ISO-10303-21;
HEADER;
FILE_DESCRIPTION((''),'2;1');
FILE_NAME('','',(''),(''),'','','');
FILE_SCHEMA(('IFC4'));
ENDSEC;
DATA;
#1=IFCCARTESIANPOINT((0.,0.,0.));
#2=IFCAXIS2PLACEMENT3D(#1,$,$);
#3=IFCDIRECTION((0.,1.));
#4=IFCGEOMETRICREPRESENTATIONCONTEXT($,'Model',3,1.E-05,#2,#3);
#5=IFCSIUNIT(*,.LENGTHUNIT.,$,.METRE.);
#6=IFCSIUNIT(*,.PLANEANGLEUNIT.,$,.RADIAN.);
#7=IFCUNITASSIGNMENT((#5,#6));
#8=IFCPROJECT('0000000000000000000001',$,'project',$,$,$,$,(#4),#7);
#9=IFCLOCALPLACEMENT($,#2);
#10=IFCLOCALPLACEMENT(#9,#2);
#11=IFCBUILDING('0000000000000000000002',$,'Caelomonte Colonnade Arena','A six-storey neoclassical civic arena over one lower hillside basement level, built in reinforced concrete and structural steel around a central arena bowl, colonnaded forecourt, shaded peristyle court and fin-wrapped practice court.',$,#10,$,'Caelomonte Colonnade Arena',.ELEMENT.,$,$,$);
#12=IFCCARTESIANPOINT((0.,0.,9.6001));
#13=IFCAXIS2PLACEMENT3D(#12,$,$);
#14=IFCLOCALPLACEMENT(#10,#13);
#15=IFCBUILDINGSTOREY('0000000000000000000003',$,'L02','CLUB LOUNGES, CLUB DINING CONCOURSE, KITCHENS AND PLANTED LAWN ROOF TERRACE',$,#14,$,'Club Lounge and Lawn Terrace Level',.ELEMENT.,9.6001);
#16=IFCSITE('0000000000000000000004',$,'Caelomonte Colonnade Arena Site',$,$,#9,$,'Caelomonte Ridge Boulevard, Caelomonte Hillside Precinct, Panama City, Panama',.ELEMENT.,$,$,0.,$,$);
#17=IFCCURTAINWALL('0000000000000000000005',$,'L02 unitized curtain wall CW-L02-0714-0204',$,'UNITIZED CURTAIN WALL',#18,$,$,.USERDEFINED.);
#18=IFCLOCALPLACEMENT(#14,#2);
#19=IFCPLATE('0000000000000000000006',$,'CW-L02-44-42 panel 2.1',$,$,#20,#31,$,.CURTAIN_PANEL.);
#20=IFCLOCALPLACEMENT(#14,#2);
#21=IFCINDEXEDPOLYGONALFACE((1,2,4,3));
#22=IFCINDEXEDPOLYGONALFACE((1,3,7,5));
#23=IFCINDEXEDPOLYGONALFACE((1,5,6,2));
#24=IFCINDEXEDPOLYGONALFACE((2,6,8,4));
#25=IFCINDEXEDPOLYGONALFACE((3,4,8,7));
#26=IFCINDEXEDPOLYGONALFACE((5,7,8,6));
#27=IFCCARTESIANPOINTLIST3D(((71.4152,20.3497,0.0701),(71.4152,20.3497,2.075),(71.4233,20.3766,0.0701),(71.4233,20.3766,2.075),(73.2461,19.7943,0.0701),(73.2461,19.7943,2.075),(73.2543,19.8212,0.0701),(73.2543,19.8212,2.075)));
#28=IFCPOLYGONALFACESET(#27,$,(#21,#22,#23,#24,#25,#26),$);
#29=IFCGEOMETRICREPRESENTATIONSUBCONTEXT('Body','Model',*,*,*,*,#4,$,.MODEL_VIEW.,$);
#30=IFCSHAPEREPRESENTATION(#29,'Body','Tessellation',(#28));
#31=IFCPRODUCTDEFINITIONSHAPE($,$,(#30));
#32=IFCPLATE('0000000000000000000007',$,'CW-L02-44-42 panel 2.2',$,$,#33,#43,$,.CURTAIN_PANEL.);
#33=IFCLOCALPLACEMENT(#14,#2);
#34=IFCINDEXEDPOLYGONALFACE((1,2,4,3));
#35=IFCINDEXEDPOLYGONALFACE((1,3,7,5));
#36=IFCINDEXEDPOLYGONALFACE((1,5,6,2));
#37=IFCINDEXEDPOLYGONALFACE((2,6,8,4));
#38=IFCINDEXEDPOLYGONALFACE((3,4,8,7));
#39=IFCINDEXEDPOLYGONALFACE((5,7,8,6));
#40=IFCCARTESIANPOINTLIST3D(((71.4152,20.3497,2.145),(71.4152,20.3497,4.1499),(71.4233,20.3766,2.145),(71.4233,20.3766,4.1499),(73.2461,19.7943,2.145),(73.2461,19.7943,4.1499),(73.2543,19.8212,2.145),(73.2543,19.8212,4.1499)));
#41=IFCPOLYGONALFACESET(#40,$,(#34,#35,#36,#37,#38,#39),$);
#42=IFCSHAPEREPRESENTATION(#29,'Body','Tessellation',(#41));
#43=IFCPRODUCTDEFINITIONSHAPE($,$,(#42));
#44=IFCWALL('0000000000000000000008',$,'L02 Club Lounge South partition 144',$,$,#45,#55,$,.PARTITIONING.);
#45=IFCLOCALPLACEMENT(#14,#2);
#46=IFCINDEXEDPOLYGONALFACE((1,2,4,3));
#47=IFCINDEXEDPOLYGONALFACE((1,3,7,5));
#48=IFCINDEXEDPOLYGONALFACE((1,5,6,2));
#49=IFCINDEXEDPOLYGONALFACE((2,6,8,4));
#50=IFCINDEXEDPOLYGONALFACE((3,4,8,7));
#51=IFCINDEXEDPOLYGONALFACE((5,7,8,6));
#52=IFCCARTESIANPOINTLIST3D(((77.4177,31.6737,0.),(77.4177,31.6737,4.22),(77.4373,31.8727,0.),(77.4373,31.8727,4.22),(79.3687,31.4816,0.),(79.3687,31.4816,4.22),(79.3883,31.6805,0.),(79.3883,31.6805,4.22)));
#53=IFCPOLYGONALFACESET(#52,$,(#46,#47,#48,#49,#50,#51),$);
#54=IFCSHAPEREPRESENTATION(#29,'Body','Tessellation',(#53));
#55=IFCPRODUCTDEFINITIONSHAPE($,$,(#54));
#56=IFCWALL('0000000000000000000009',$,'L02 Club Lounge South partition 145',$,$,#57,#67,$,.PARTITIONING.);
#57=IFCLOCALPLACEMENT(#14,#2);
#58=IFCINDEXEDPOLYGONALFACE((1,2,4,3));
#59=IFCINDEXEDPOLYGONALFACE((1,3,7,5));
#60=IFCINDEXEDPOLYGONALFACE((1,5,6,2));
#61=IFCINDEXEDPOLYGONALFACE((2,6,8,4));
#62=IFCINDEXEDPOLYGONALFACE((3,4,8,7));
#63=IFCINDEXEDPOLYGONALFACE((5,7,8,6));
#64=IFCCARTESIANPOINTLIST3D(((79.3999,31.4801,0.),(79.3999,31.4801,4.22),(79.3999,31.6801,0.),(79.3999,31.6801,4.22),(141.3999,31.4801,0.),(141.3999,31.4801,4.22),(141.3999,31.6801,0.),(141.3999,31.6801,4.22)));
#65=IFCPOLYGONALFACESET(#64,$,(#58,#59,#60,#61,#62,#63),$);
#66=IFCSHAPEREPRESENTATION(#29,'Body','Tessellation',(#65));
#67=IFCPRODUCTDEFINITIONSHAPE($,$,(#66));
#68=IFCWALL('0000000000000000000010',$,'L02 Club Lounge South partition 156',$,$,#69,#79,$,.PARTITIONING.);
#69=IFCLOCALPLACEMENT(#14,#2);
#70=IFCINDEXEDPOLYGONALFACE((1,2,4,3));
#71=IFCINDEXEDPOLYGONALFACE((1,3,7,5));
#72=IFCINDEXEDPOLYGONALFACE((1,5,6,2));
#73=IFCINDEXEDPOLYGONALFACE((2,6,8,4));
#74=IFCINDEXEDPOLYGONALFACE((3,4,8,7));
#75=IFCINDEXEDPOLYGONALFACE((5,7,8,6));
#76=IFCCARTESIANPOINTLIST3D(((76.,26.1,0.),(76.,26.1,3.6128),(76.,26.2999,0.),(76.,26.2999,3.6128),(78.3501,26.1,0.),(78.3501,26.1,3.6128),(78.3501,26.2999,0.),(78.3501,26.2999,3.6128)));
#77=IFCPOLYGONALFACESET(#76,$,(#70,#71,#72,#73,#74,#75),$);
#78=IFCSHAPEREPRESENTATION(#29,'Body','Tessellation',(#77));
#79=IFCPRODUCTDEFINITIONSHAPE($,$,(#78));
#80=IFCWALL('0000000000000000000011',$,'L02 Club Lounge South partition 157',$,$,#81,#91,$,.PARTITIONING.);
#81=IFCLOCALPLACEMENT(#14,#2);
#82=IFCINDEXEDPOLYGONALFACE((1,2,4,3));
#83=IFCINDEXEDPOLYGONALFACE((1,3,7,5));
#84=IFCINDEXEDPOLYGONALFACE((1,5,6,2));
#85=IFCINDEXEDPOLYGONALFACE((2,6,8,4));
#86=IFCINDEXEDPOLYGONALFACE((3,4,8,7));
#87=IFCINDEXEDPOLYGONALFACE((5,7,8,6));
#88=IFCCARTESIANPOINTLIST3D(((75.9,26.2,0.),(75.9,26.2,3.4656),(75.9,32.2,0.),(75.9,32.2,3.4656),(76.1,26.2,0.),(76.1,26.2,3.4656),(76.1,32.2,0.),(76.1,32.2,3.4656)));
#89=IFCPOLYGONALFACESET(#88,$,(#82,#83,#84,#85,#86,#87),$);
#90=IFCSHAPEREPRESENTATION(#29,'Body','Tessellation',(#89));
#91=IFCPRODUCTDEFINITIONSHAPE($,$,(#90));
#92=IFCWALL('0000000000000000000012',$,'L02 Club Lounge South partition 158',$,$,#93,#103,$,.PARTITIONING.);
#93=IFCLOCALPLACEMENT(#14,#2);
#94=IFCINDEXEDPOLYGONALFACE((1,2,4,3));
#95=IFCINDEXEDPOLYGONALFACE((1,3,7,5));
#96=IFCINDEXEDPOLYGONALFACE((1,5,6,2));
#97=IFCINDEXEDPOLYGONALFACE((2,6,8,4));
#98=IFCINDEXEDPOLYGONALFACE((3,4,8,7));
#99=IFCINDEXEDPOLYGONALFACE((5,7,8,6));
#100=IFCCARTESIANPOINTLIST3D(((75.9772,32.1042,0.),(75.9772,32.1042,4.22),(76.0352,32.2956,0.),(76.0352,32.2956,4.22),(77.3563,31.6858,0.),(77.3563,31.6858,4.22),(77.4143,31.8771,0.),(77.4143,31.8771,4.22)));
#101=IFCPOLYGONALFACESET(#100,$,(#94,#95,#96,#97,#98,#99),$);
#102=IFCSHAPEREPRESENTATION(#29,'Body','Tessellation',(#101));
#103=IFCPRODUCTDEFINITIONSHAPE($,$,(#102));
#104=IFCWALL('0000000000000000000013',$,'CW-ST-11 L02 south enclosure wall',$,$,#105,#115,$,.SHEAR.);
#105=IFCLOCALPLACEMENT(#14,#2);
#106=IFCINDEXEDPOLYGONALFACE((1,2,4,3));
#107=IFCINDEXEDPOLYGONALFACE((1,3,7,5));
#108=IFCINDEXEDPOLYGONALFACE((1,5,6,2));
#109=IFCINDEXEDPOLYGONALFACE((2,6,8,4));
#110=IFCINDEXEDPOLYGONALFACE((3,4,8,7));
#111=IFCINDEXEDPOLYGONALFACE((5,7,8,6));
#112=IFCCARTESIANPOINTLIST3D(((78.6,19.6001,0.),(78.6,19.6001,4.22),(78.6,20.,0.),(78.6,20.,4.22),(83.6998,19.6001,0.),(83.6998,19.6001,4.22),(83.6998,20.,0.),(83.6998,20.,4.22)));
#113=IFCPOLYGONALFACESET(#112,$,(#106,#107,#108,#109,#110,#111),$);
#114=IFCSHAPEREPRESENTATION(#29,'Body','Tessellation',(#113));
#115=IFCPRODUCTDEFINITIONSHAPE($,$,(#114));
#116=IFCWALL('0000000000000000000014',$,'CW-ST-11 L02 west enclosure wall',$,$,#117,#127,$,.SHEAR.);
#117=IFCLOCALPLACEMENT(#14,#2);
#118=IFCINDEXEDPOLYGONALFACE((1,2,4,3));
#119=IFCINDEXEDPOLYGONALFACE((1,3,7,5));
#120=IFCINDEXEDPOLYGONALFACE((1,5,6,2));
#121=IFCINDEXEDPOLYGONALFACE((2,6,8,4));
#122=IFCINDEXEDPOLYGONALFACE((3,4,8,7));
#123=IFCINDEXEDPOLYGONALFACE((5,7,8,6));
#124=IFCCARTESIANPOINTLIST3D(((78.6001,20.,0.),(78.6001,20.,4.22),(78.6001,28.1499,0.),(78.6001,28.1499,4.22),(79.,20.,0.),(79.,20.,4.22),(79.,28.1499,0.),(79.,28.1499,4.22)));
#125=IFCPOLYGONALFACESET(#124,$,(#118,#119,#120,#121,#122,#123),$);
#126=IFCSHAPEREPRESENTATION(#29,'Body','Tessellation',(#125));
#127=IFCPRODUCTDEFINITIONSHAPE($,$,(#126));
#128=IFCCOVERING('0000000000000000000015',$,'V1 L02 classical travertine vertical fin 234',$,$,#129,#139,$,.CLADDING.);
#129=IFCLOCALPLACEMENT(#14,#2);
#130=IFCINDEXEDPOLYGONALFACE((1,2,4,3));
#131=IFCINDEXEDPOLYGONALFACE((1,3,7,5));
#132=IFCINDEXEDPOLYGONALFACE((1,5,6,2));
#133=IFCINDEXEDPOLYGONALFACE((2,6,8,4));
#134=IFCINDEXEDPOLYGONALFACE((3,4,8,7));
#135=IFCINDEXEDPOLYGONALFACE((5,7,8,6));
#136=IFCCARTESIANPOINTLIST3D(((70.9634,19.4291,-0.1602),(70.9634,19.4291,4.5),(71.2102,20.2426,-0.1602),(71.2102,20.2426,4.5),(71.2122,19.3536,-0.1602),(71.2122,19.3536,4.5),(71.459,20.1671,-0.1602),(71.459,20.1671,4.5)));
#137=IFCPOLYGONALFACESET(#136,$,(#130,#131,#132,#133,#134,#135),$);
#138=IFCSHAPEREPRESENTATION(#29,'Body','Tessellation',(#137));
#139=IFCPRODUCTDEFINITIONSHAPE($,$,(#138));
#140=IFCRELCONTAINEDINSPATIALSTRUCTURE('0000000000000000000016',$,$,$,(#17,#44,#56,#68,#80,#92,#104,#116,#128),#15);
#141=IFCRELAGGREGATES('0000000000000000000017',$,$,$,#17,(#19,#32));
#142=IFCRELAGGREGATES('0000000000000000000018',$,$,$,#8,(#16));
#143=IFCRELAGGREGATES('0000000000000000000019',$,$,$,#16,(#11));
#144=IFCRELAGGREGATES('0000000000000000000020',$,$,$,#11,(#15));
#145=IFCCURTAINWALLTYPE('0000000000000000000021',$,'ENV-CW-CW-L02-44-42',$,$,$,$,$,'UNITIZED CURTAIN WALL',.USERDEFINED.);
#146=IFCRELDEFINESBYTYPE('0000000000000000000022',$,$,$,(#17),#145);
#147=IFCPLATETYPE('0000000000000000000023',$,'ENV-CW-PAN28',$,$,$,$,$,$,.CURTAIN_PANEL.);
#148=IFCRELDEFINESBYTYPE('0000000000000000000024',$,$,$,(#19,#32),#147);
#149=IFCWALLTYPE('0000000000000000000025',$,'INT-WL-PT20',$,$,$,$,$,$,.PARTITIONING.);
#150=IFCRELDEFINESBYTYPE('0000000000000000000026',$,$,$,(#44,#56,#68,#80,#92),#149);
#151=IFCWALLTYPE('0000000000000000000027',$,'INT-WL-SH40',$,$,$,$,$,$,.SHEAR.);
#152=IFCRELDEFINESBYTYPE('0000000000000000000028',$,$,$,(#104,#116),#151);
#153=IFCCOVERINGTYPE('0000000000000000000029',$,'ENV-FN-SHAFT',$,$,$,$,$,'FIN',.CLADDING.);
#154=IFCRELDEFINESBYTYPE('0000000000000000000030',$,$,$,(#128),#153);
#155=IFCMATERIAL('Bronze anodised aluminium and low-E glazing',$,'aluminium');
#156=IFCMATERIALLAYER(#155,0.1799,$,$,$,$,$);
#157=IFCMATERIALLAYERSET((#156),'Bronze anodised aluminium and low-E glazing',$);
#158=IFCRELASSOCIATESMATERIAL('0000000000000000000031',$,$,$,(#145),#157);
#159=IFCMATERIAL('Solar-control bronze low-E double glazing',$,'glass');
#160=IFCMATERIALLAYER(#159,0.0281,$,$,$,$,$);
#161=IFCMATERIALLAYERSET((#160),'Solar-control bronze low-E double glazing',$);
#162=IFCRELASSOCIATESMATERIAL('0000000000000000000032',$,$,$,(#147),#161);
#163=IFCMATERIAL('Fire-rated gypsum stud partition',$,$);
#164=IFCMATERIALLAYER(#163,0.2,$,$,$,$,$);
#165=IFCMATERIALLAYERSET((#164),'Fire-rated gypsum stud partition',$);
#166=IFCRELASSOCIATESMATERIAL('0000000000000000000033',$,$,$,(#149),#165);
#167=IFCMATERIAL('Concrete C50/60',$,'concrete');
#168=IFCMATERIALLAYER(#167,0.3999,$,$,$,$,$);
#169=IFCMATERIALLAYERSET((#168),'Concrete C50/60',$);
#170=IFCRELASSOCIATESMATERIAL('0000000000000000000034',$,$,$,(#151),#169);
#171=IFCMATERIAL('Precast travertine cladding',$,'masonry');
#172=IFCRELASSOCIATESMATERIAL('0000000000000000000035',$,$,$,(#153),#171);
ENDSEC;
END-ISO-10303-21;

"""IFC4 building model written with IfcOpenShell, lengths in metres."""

from ifc_helpers import new_model, si_unit, direction, frame, frame_2d, origin, origin_2d, place, context, subcontext, project, spatial, rectangle, extrude, material, layer, layer_set, material_profile, profile_set, type_object, element, aggregate, save


model = new_model("IFC4")

# Units and contexts
model_context = context("Model", 3, precision=1e-05, world=origin(), true_north=direction((0.0, 1.0)))
body_context = subcontext(model_context, "Body", "Model", "MODEL_VIEW")
ifc_project = project(units=[si_unit("LENGTHUNIT", "METRE"), si_unit("PLANEANGLEUNIT", "RADIAN")], contexts=[model_context])

# Site, building, storey
site_placement = place(None, origin())
site = spatial("IfcSite", under=ifc_project, at=site_placement, Name="Caelomonte Colonnade Arena Site", LongName="Caelomonte Ridge Boulevard, Caelomonte Hillside Precinct, Panama City, Panama", CompositionType="ELEMENT", RefElevation=0.0)
building_placement = place(site_placement, origin())
building = spatial("IfcBuilding", under=site, at=building_placement, Name="Caelomonte Colonnade Arena", Description="A six-storey neoclassical civic arena over one lower hillside basement level, built in reinforced concrete and structural steel around a central arena bowl, colonnaded forecourt, shaded peristyle court and fin-wrapped practice court.", LongName="Caelomonte Colonnade Arena", CompositionType="ELEMENT")
storey_placement = place(building_placement, frame((0.0, 0.0, 9.6001)))
storey = spatial("IfcBuildingStorey", under=building, at=storey_placement, Name="L02", Description="CLUB LOUNGES, CLUB DINING CONCOURSE, KITCHENS AND PLANTED LAWN ROOF TERRACE", LongName="Club Lounge and Lawn Terrace Level", CompositionType="ELEMENT", Elevation=9.6001)

# Shared definitions
ifc_material_1 = material(Name="Concrete C50/60", Category="concrete")

# Curtain wall
ifc_material_2 = material(Name="Bronze anodised aluminium and low-E glazing", Category="aluminium")
ifc_layer_1 = layer(ifc_material_2, 0.1799)
ifc_layer_set_1 = layer_set([ifc_layer_1], Name="Bronze anodised aluminium and low-E glazing")
curtain_wall_type_1 = type_object("IfcCurtainWallType", Name="ENV-CW-CW-L02-44-42", ElementType="UNITIZED CURTAIN WALL", PredefinedType="USERDEFINED", material=ifc_layer_set_1)
curtain_wall_1_placement = place(storey_placement, origin())
curtain_wall_1 = element("IfcCurtainWall", 1, at=curtain_wall_1_placement, inside=storey, type_object=curtain_wall_type_1, Name="L02 unitized curtain wall CW-L02-0714-0204", ObjectType="UNITIZED CURTAIN WALL", PredefinedType="USERDEFINED")

# Plates
ifc_material_3 = material(Name="Solar-control bronze low-E double glazing", Category="glass")
ifc_layer_2 = layer(ifc_material_3, 0.0281)
ifc_layer_set_2 = layer_set([ifc_layer_2], Name="Solar-control bronze low-E double glazing")
plate_type = type_object("IfcPlateType", Name="ENV-CW-PAN28", PredefinedType="CURTAIN_PANEL", material=ifc_layer_set_2)
plate_1_placement = place(storey_placement, frame((72.3347, 20.0854, 0.0701), z_axis=(0.0, 0.0, 1.0), x_axis=(0.956949, -0.290256, 0.0)))
plate_1 = element("IfcPlate", 2, at=plate_1_placement, type_object=plate_type, Name="CW-L02-44-42 panel 2.1", PredefinedType="CURTAIN_PANEL", context=body_context, shape_type="SweptSolid", body=[
    extrude(rectangle(XDim=1.9133, YDim=0.0281, at=origin_2d()), origin(), (0.0, 0.0, 1.0), 2.0049),
])
plate_2_placement = place(storey_placement, frame((72.3347, 20.0854, 2.145), z_axis=(0.0, 0.0, 1.0), x_axis=(0.956949, -0.290256, 0.0)))
plate_2 = element("IfcPlate", 3, at=plate_2_placement, type_object=plate_type, Name="CW-L02-44-42 panel 2.2", PredefinedType="CURTAIN_PANEL", context=body_context, shape_type="SweptSolid", body=[
    extrude(rectangle(XDim=1.9133, YDim=0.0281, at=origin_2d()), origin(), (0.0, 0.0, 1.0), 2.0049),
])
aggregate(curtain_wall_1, [plate_1, plate_2])

# Walls
ifc_material_4 = material(Name="Fire-rated gypsum stud partition")
ifc_layer_3 = layer(ifc_material_4, 0.2)
ifc_layer_set_3 = layer_set([ifc_layer_3], Name="Fire-rated gypsum stud partition")
wall_type_1 = type_object("IfcWallType", Name="INT-WL-PT20", PredefinedType="PARTITIONING", material=ifc_layer_set_3)
wall_1_placement = place(storey_placement, frame((77.4275, 31.7732, 0.0), z_axis=(0.0, 0.0, 1.0), x_axis=(0.995185, -0.098012, 0.0)))
element("IfcWall", 4, at=wall_1_placement, inside=storey, type_object=wall_type_1, Name="L02 Club Lounge South partition 144", PredefinedType="PARTITIONING", context=body_context, shape_type="SweptSolid", body=[
    extrude(rectangle(XDim=1.9604, YDim=0.2, at=frame_2d((0.9802, 0.0))), origin(), (0.0, 0.0, 1.0), 4.22),
])
wall_2_placement = place(storey_placement, frame((79.3999, 31.5801, 0.0), z_axis=(0.0, 0.0, 1.0), x_axis=(1.0, 0.0, 0.0)))
element("IfcWall", 5, at=wall_2_placement, inside=storey, type_object=wall_type_1, Name="L02 Club Lounge South partition 145", PredefinedType="PARTITIONING", context=body_context, shape_type="SweptSolid", body=[
    extrude(rectangle(XDim=62.0, YDim=0.2, at=frame_2d((31.0, 0.0))), origin(), (0.0, 0.0, 1.0), 4.22),
])
wall_3_placement = place(storey_placement, frame((78.3501, 26.2, 0.0), z_axis=(0.0, 0.0, 1.0), x_axis=(-1.0, 0.0, 0.0)))
element("IfcWall", 6, at=wall_3_placement, inside=storey, type_object=wall_type_1, Name="L02 Club Lounge South partition 156", PredefinedType="PARTITIONING", context=body_context, shape_type="SweptSolid", body=[
    extrude(rectangle(XDim=2.3501, YDim=0.2, at=frame_2d((1.175, 0.0))), origin(), (0.0, 0.0, 1.0), 3.6128),
])
wall_4_placement = place(storey_placement, frame((76.0, 26.2, 0.0), z_axis=(0.0, 0.0, 1.0), x_axis=(0.0, 1.0, 0.0)))
element("IfcWall", 7, at=wall_4_placement, inside=storey, type_object=wall_type_1, Name="L02 Club Lounge South partition 157", PredefinedType="PARTITIONING", context=body_context, shape_type="SweptSolid", body=[
    extrude(rectangle(XDim=6.0, YDim=0.2, at=frame_2d((3.0, 0.0))), origin(), (0.0, 0.0, 1.0), 3.4656),
])
wall_5_placement = place(storey_placement, frame((76.0061, 32.2, 0.0), z_axis=(0.0, 0.0, 1.0), x_axis=(0.956922, -0.290346, 0.0)))
element("IfcWall", 8, at=wall_5_placement, inside=storey, type_object=wall_type_1, Name="L02 Club Lounge South partition 158", PredefinedType="PARTITIONING", context=body_context, shape_type="SweptSolid", body=[
    extrude(rectangle(XDim=1.4412, YDim=0.2, at=frame_2d((0.7207, 0.0))), origin(), (0.0, 0.0, 1.0), 4.22),
])
ifc_layer_4 = layer(ifc_material_1, 0.3999)
ifc_layer_set_4 = layer_set([ifc_layer_4], Name="Concrete C50/60")
wall_type_2 = type_object("IfcWallType", Name="INT-WL-SH40", PredefinedType="SHEAR", material=ifc_layer_set_4)
wall_6_placement = place(storey_placement, frame((78.6001, 19.8, 0.0), z_axis=(0.0, 0.0, 1.0), x_axis=(1.0, 0.0, 0.0)))
element("IfcWall", 9, at=wall_6_placement, inside=storey, type_object=wall_type_2, Name="CW-ST-11 L02 south enclosure wall", PredefinedType="SHEAR", context=body_context, shape_type="SweptSolid", body=[
    extrude(rectangle(XDim=5.0999, YDim=0.3999, at=frame_2d((2.5498, 0.0))), origin(), (0.0, 0.0, 1.0), 4.22),
])
wall_7_placement = place(storey_placement, frame((78.8, 28.1499, 0.0), z_axis=(0.0, 0.0, 1.0), x_axis=(0.0, -1.0, 0.0)))
element("IfcWall", 10, at=wall_7_placement, inside=storey, type_object=wall_type_2, Name="CW-ST-11 L02 west enclosure wall", PredefinedType="SHEAR", context=body_context, shape_type="SweptSolid", body=[
    extrude(rectangle(XDim=8.1499, YDim=0.3999, at=frame_2d((4.075, 0.0))), origin(), (0.0, 0.0, 1.0), 4.22),
])

# Covering
ifc_material_5 = material(Name="Precast travertine cladding", Category="masonry")
ifc_material_profile_1 = material_profile(ifc_material_5, rectangle(XDim=0.26, YDim=0.8501, at=origin_2d()), Name="FIN260X850")
ifc_profile_set_1 = profile_set([ifc_material_profile_1], Name="Precast travertine cladding")
covering_type = type_object("IfcCoveringType", Name="ENV-FN-SHAFT", ElementType="FIN", PredefinedType="CLADDING", material=ifc_profile_set_1)
covering_placement = place(storey_placement, frame((71.2112, 19.7981, -0.1602), z_axis=(0.0, 0.0, 1.0), x_axis=(-0.956943, 0.290276, 0.0)))
element("IfcCovering", 11, at=covering_placement, inside=storey, type_object=covering_type, Name="V1 L02 classical travertine vertical fin 234", PredefinedType="CLADDING", context=body_context, shape_type="SweptSolid", body=[
    extrude(rectangle(XDim=0.26, YDim=0.8501, at=origin_2d()), origin(), (0.0, 0.0, 1.0), 4.6602),
])

save(model, "model.ifc")
